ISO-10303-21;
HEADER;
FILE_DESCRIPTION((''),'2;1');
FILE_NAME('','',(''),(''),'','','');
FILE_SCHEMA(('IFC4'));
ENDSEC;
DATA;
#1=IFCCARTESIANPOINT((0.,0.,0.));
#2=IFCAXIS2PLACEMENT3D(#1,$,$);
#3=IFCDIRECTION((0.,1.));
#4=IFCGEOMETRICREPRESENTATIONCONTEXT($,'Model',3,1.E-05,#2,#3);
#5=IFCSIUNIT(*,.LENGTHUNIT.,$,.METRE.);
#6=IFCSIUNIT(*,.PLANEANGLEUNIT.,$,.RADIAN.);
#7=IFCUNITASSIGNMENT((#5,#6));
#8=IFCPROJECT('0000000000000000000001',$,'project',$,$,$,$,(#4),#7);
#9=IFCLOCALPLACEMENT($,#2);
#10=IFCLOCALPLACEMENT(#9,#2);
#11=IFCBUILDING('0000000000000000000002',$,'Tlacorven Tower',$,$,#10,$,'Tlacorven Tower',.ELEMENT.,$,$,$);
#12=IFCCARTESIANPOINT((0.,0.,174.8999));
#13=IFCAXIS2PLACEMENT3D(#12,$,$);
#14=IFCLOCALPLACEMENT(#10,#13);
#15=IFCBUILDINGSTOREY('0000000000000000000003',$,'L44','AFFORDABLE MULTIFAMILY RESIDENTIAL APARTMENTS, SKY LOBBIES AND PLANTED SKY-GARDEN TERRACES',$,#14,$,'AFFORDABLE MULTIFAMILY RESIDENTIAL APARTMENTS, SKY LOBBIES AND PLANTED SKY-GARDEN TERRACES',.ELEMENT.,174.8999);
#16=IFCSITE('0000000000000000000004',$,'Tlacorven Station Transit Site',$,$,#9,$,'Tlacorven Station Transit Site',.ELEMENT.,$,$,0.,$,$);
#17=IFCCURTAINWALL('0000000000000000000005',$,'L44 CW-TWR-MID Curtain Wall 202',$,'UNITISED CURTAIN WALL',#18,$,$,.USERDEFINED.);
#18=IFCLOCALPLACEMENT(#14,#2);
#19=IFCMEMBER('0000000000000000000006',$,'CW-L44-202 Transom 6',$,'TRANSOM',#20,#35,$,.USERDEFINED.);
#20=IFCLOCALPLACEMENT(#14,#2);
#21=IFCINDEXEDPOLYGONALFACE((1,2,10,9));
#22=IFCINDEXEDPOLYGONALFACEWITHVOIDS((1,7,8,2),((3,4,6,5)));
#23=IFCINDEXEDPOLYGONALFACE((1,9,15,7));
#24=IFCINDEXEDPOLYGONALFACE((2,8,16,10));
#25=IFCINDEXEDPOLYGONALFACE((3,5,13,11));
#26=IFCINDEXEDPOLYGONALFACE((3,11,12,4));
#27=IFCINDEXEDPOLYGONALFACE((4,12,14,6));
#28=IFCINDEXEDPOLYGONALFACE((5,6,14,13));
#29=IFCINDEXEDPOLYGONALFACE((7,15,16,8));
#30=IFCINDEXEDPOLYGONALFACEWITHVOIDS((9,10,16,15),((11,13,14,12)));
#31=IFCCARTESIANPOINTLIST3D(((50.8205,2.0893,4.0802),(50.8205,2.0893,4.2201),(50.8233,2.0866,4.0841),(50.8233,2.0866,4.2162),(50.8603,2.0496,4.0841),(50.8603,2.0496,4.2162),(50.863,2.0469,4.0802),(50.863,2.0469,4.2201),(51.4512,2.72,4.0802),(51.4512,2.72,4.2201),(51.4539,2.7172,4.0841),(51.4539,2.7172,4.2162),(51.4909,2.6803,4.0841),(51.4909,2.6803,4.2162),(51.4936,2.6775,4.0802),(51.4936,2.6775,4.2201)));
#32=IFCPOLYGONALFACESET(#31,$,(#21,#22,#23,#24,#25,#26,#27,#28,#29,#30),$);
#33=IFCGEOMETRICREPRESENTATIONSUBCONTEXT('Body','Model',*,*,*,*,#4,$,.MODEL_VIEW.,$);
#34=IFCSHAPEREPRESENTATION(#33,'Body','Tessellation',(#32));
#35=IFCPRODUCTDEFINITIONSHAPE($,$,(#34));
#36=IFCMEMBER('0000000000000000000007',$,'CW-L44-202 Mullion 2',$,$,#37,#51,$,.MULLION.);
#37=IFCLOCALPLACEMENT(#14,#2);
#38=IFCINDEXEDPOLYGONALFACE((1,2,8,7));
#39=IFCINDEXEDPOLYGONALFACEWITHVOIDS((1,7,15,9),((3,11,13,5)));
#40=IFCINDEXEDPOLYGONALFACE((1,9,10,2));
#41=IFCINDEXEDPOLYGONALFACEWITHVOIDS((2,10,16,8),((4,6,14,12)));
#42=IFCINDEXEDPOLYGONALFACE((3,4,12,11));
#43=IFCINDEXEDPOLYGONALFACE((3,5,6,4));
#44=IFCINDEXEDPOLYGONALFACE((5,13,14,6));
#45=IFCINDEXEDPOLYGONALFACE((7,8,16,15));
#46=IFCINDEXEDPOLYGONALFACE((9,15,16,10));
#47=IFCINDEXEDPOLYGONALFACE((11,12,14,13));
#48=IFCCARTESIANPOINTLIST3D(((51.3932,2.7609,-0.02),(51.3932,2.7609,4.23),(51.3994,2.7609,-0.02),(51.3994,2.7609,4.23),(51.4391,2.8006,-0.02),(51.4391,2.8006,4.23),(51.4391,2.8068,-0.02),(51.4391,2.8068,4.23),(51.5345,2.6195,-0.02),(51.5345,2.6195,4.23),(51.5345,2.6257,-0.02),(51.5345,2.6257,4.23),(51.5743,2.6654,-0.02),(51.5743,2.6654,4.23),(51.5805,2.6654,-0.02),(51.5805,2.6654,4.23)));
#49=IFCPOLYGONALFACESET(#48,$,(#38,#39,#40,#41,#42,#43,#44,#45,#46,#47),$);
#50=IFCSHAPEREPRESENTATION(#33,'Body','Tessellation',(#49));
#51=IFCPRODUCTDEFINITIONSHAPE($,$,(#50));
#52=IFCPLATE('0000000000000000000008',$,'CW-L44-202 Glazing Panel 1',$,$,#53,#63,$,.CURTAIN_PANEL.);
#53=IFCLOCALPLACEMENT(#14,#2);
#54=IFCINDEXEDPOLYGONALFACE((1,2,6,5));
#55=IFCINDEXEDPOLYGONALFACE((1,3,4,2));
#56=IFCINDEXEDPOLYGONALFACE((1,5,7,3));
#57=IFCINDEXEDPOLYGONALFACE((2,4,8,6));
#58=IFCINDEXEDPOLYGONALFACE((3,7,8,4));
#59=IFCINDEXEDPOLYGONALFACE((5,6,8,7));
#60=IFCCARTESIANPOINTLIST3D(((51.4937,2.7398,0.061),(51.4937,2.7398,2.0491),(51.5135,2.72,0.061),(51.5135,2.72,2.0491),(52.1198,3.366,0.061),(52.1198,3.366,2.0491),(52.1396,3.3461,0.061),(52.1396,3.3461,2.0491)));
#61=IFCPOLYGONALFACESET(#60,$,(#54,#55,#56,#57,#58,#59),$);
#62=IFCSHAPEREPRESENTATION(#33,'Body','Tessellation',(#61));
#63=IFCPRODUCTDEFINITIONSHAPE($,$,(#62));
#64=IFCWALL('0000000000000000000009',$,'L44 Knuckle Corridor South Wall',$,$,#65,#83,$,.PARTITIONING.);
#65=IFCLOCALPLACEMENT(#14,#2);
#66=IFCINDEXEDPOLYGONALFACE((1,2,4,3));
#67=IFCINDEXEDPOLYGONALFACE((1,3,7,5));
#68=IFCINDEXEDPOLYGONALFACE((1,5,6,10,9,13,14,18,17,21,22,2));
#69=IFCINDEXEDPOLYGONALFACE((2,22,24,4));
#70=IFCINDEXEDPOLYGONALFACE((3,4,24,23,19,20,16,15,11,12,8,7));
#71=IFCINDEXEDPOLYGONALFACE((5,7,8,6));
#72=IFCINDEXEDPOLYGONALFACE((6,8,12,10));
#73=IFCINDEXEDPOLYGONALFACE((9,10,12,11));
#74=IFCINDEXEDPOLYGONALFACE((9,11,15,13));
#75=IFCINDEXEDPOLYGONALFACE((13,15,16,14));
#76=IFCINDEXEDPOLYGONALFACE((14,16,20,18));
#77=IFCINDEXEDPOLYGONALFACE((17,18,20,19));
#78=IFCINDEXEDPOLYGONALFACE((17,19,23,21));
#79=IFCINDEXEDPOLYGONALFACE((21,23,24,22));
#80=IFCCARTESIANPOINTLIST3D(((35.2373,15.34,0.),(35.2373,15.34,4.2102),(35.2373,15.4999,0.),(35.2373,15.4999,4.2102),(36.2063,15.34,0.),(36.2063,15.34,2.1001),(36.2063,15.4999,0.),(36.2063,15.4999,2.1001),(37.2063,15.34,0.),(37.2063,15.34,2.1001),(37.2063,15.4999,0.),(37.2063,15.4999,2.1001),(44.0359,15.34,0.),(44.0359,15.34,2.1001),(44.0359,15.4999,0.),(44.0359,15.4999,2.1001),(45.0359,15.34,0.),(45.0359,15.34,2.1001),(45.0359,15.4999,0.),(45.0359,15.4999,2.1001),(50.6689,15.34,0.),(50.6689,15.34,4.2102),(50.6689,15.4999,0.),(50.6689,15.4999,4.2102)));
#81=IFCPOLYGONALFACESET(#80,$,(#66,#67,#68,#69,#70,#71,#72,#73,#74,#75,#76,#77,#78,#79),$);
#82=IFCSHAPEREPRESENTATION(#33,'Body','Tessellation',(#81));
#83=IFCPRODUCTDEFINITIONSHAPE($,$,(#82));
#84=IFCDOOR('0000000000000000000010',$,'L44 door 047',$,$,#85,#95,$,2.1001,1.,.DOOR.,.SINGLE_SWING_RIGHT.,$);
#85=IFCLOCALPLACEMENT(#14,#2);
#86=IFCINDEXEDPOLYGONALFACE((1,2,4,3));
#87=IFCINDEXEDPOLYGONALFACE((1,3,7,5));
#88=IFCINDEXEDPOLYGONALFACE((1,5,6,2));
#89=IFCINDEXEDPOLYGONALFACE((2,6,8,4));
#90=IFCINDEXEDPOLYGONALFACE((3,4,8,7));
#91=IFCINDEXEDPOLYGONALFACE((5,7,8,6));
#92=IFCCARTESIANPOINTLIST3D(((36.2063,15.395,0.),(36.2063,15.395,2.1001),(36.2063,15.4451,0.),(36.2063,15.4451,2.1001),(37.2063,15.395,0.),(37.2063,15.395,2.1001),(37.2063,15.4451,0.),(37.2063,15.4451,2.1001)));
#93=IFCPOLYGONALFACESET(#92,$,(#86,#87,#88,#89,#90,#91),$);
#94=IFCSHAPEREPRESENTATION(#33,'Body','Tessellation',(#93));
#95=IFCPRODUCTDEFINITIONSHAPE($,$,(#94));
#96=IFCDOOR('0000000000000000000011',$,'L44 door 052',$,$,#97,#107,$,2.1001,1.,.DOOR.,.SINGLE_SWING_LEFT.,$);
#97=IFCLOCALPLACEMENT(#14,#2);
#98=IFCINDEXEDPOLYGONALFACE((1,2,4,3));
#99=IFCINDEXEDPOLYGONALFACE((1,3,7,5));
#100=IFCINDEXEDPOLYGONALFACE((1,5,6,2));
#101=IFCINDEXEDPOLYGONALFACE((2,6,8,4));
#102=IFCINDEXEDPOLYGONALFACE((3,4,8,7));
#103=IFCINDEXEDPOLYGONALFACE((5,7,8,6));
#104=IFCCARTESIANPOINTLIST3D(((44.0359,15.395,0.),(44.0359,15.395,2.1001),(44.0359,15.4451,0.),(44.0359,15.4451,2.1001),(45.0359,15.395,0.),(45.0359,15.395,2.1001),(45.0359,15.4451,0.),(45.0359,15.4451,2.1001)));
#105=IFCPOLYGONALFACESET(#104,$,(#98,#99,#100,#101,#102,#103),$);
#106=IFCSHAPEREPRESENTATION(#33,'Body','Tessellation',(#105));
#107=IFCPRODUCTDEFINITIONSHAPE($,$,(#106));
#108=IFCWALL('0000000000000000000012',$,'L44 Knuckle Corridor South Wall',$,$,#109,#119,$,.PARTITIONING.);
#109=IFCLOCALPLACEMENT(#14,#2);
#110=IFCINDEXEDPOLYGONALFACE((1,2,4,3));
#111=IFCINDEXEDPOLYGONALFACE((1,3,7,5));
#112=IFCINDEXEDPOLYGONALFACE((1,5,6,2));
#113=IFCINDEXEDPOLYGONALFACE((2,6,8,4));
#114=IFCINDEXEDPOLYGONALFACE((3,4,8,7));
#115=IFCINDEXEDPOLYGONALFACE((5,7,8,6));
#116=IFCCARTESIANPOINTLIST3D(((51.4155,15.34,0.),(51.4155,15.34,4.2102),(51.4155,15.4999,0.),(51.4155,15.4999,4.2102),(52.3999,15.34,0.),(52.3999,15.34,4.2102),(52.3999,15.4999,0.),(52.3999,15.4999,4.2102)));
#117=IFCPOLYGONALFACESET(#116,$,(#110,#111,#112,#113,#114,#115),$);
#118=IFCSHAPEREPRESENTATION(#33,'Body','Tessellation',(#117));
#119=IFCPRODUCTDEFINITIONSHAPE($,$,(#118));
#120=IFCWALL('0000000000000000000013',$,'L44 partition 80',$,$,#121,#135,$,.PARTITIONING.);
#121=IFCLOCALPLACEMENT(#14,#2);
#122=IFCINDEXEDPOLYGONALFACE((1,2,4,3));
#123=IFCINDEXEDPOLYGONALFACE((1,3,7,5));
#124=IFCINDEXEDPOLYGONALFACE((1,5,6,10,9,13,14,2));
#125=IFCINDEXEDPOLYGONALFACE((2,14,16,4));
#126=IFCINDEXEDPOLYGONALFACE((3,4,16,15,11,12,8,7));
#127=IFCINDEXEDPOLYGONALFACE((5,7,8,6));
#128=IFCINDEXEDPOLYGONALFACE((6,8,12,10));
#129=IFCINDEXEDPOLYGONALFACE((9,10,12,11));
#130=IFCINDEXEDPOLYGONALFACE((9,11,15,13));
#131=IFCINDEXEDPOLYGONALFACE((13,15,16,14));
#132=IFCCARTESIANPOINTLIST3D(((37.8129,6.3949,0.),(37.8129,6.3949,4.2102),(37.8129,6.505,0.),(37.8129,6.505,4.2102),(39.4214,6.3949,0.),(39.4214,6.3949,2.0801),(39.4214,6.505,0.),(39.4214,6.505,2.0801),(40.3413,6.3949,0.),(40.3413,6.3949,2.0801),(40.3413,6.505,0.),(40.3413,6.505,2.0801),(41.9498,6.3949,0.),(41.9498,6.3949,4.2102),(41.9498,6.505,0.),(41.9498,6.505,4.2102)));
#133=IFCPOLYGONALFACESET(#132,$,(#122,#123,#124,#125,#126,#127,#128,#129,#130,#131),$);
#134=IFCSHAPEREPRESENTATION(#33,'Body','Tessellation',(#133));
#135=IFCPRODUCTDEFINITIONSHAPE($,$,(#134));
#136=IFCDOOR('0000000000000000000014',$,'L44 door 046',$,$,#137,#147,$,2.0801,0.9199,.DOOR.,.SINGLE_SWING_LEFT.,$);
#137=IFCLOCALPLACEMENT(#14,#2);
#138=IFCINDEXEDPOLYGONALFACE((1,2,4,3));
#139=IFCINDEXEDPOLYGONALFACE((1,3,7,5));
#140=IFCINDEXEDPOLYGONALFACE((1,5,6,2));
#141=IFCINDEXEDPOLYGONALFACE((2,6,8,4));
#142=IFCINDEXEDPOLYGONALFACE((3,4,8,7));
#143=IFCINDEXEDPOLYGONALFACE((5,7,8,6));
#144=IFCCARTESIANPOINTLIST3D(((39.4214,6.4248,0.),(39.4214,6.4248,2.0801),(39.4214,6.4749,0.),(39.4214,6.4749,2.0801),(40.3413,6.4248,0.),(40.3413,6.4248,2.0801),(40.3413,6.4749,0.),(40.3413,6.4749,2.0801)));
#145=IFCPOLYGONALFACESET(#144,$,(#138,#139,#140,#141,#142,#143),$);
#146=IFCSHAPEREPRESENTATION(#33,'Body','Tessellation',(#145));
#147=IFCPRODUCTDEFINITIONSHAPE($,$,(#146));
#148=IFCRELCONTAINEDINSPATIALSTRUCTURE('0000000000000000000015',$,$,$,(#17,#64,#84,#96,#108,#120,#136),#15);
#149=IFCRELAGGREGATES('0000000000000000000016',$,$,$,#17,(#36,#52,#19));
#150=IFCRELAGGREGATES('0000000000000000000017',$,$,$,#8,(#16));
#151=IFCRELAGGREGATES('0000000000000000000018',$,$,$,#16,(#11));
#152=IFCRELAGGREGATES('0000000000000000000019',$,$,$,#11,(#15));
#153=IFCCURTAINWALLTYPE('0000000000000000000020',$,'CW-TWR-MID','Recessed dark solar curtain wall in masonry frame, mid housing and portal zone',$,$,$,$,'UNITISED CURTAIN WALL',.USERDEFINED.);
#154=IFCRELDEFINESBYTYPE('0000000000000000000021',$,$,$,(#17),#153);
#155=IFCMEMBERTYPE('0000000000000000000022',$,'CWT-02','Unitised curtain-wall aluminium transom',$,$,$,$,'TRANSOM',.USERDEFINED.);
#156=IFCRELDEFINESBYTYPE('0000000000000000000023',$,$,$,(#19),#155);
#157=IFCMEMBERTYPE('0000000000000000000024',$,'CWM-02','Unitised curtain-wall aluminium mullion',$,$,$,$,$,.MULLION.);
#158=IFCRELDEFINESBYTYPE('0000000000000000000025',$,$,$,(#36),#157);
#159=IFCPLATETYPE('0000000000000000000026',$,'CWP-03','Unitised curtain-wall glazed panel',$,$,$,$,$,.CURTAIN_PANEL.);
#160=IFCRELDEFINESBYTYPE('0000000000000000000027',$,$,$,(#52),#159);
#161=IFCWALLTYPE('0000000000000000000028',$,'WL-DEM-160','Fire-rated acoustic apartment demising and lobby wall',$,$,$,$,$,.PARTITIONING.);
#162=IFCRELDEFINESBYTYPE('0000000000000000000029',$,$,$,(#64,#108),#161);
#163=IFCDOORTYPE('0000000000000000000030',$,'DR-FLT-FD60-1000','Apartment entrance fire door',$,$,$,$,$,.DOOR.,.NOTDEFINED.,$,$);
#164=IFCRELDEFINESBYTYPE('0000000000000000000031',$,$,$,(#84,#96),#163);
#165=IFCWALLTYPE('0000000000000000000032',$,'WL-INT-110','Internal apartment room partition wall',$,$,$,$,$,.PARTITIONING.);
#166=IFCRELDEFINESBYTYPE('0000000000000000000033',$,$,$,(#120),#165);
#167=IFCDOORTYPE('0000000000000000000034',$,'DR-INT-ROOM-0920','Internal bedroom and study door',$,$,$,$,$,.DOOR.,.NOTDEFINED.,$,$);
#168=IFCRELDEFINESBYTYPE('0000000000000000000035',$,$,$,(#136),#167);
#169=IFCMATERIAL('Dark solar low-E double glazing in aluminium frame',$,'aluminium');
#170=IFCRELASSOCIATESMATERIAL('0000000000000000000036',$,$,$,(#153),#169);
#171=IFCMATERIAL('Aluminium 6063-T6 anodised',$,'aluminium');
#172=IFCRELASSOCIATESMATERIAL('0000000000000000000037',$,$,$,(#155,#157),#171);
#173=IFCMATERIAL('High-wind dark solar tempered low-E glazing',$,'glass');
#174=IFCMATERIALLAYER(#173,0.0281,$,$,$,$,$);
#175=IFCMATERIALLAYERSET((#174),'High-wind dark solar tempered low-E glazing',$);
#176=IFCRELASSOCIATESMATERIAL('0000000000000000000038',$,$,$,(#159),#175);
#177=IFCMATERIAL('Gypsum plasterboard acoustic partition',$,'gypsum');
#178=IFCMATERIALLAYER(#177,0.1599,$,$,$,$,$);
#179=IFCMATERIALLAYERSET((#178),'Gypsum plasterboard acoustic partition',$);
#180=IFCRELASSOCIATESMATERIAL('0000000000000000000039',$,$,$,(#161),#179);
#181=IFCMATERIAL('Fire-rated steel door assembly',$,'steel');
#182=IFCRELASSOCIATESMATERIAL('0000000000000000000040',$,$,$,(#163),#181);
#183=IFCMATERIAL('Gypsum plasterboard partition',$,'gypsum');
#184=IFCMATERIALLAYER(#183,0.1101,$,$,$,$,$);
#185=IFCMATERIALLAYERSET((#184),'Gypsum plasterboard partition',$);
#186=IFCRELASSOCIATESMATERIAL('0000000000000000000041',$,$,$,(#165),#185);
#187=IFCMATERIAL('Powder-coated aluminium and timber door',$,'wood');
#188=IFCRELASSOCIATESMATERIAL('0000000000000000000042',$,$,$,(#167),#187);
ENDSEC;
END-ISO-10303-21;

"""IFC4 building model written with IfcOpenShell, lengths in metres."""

from ifc_helpers import new_model, si_unit, direction, frame, frame_2d, origin, origin_2d, place, context, subcontext, project, spatial, rectangle, hollow_rectangle, extrude, source, transform, mapped, material, layer, layer_set, material_profile, profile_set, type_object, element, fill, aggregate, save


model = new_model("IFC4")

# Units and contexts
model_context = context("Model", 3, precision=1e-05, world=origin(), true_north=direction((0.0, 1.0)))
body_context = subcontext(model_context, "Body", "Model", "MODEL_VIEW")
ifc_project = project(units=[si_unit("LENGTHUNIT", "METRE"), si_unit("PLANEANGLEUNIT", "RADIAN")], contexts=[model_context])

# Site, building, storey
site_placement = place(None, origin())
site = spatial("IfcSite", under=ifc_project, at=site_placement, Name="Tlacorven Station Transit Site", LongName="Tlacorven Station Transit Site", CompositionType="ELEMENT", RefElevation=0.0)
building_placement = place(site_placement, origin())
building = spatial("IfcBuilding", under=site, at=building_placement, Name="Tlacorven Tower", LongName="Tlacorven Tower", CompositionType="ELEMENT")
storey_placement = place(building_placement, frame((0.0, 0.0, 174.8999)))
storey = spatial("IfcBuildingStorey", under=building, at=storey_placement, Name="L44", Description="AFFORDABLE MULTIFAMILY RESIDENTIAL APARTMENTS, SKY LOBBIES AND PLANTED SKY-GARDEN TERRACES", LongName="AFFORDABLE MULTIFAMILY RESIDENTIAL APARTMENTS, SKY LOBBIES AND PLANTED SKY-GARDEN TERRACES", CompositionType="ELEMENT", Elevation=174.8999)

# Curtain wall, members, plate
ifc_material_1 = material(Name="Dark solar low-E double glazing in aluminium frame", Category="aluminium")
curtain_wall_type = type_object("IfcCurtainWallType", Name="CW-TWR-MID", Description="Recessed dark solar curtain wall in masonry frame, mid housing and portal zone", ElementType="UNITISED CURTAIN WALL", PredefinedType="USERDEFINED", material=ifc_material_1)
curtain_wall_placement = place(storey_placement, origin())
curtain_wall = element("IfcCurtainWall", 1, at=curtain_wall_placement, inside=storey, type_object=curtain_wall_type, Name="L44 CW-TWR-MID Curtain Wall 202", ObjectType="UNITISED CURTAIN WALL", PredefinedType="USERDEFINED")
ifc_material_2 = material(Name="Aluminium 6063-T6 anodised", Category="aluminium")
ifc_material_profile_1 = material_profile(ifc_material_2, hollow_rectangle(XDim=0.0601, YDim=0.1399, WallThickness=0.0039, at=origin_2d()), Name="ALU TRANSOM 60X140")
ifc_profile_set_1 = profile_set([ifc_material_profile_1], Name="Aluminium 6063-T6 anodised")
member_type_1 = type_object("IfcMemberType", Name="CWT-02", Description="Unitised curtain-wall aluminium transom", ElementType="TRANSOM", PredefinedType="USERDEFINED", material=ifc_profile_set_1)
shared_shape_1 = source(origin(), body_context, "Body", "SweptSolid", [
    extrude(hollow_rectangle(XDim=0.0601, YDim=0.1399, WallThickness=0.0039, at=origin_2d()), origin(), (0.0, 0.0, 1.0), 0.8918),
])
member_1_placement = place(storey_placement, frame((51.4724, 2.6987, 4.1501), z_axis=(-0.707107, -0.707107, 0.0), x_axis=(0.707107, -0.707107, 0.0)))
member_1 = element("IfcMember", 2, at=member_1_placement, type_object=member_type_1, Name="CW-L44-202 Transom 6", ObjectType="TRANSOM", PredefinedType="USERDEFINED", context=body_context, shape_type="MappedRepresentation", body=[
    mapped(shared_shape_1, transform((0.0, 0.0, 0.0), scale=1.0)),
])
ifc_material_profile_2 = material_profile(ifc_material_2, hollow_rectangle(XDim=0.0649, YDim=0.2, WallThickness=0.0044, at=origin_2d()), Name="ALU MULLION 65X200")
ifc_profile_set_2 = profile_set([ifc_material_profile_2], Name="Aluminium 6063-T6 anodised")
member_type_2 = type_object("IfcMemberType", Name="CWM-02", Description="Unitised curtain-wall aluminium mullion", PredefinedType="MULLION", material=ifc_profile_set_2)
shared_shape_2 = source(origin(), body_context, "Body", "SweptSolid", [
    extrude(hollow_rectangle(XDim=0.0649, YDim=0.2, WallThickness=0.0044, at=origin_2d()), origin(), (0.0, 0.0, 1.0), 4.25),
])
member_2_placement = place(storey_placement, frame((51.4868, 2.7131, -0.02), z_axis=(0.0, 0.0, 1.0), x_axis=(-0.707107, -0.707107, 0.0)))
member_2 = element("IfcMember", 3, at=member_2_placement, type_object=member_type_2, Name="CW-L44-202 Mullion 2", PredefinedType="MULLION", context=body_context, shape_type="MappedRepresentation", body=[
    mapped(shared_shape_2, transform((0.0, 0.0, 0.0), scale=1.0)),
])
ifc_material_3 = material(Name="High-wind dark solar tempered low-E glazing", Category="glass")
ifc_layer_1 = layer(ifc_material_3, 0.0281)
ifc_layer_set_1 = layer_set([ifc_layer_1], Name="High-wind dark solar tempered low-E glazing")
plate_type = type_object("IfcPlateType", Name="CWP-03", Description="Unitised curtain-wall glazed panel", PredefinedType="CURTAIN_PANEL", material=ifc_layer_set_1)
shared_shape_3 = source(origin(), body_context, "Body", "SweptSolid", [
    extrude(rectangle(XDim=0.8855, YDim=0.0281, at=origin_2d()), origin(), (0.0, 0.0, 1.0), 1.988),
])
plate_placement = place(storey_placement, frame((51.8167, 3.043, 0.061), z_axis=(0.0, 0.0, 1.0), x_axis=(-0.707107, -0.707107, 0.0)))
plate = element("IfcPlate", 4, at=plate_placement, type_object=plate_type, Name="CW-L44-202 Glazing Panel 1", PredefinedType="CURTAIN_PANEL", context=body_context, shape_type="MappedRepresentation", body=[
    mapped(shared_shape_3, transform((0.0, 0.0, 0.0), scale=1.0)),
])
aggregate(curtain_wall, [member_2, plate, member_1])

# Wall, openings, doors
ifc_material_4 = material(Name="Gypsum plasterboard acoustic partition", Category="gypsum")
ifc_layer_2 = layer(ifc_material_4, 0.1599)
ifc_layer_set_2 = layer_set([ifc_layer_2], Name="Gypsum plasterboard acoustic partition")
wall_type_1 = type_object("IfcWallType", Name="WL-DEM-160", Description="Fire-rated acoustic apartment demising and lobby wall", PredefinedType="PARTITIONING", material=ifc_layer_set_2)
wall_1_placement = place(storey_placement, frame((35.2373, 15.4199, 0.0), z_axis=(0.0, 0.0, 1.0), x_axis=(1.0, 0.0, 0.0)))
wall_1 = element("IfcWall", 5, at=wall_1_placement, inside=storey, type_object=wall_type_1, Name="L44 Knuckle Corridor South Wall", PredefinedType="PARTITIONING", context=body_context, shape_type="SweptSolid", body=[
    extrude(rectangle(XDim=15.4316, YDim=0.1599, at=frame_2d((7.7158, 0.0))), origin(), (0.0, 0.0, 1.0), 4.2102),
])
opening_1_placement = place(wall_1_placement, frame((0.969, 0.0, 0.0)))
opening_1 = element("IfcOpeningElement", 6, at=opening_1_placement, cuts=wall_1, PredefinedType="OPENING", context=body_context, shape_type="SweptSolid", body=[
    extrude(rectangle(XDim=1.0, YDim=2.1001, at=frame_2d((0.5, 1.05))), frame((0.0, 0.0898, 0.0), z_axis=(0.0, -1.0, 0.0), x_axis=(1.0, 0.0, 0.0)), (0.0, 0.0, 1.0), 0.1799),
])
opening_2_placement = place(wall_1_placement, frame((8.7986, 0.0, 0.0)))
opening_2 = element("IfcOpeningElement", 7, at=opening_2_placement, cuts=wall_1, PredefinedType="OPENING", context=body_context, shape_type="SweptSolid", body=[
    extrude(rectangle(XDim=1.0, YDim=2.1001, at=frame_2d((0.5, 1.05))), frame((0.0, 0.0898, 0.0), z_axis=(0.0, -1.0, 0.0), x_axis=(1.0, 0.0, 0.0)), (0.0, 0.0, 1.0), 0.1799),
])
ifc_material_5 = material(Name="Fire-rated steel door assembly", Category="steel")
door_type_1 = type_object("IfcDoorType", Name="DR-FLT-FD60-1000", Description="Apartment entrance fire door", OperationType="NOTDEFINED", PredefinedType="DOOR", material=ifc_material_5)
shared_shape_4 = source(origin(), body_context, "Body", "SweptSolid", [
    extrude(rectangle(XDim=1.0, YDim=2.1001, at=frame_2d((0.5, 1.05))), frame((0.0, 0.0249, 0.0), z_axis=(0.0, -1.0, 0.0), x_axis=(1.0, 0.0, 0.0)), (0.0, 0.0, 1.0), 0.05),
])
door_1_placement = place(opening_1_placement, frame((1.0, 0.0, 0.0), z_axis=(0.0, 0.0, 1.0), x_axis=(-1.0, 0.0, 0.0)))
door_1 = element("IfcDoor", 8, at=door_1_placement, inside=storey, type_object=door_type_1, Name="L44 door 047", OperationType="SINGLE_SWING_RIGHT", OverallHeight=2.1001, OverallWidth=1.0, PredefinedType="DOOR", context=body_context, shape_type="MappedRepresentation", body=[
    mapped(shared_shape_4, transform((0.0, 0.0, 0.0), scale=1.0)),
])
fill(opening_1, door_1)
door_2_placement = place(opening_2_placement, frame((1.0, 0.0, 0.0), z_axis=(0.0, 0.0, 1.0), x_axis=(-1.0, 0.0, 0.0)))
door_2 = element("IfcDoor", 9, at=door_2_placement, inside=storey, type_object=door_type_1, Name="L44 door 052", OperationType="SINGLE_SWING_LEFT", OverallHeight=2.1001, OverallWidth=1.0, PredefinedType="DOOR", context=body_context, shape_type="MappedRepresentation", body=[
    mapped(shared_shape_4, transform((0.0, 0.0, 0.0), scale=1.0)),
])
fill(opening_2, door_2)

# Wall
wall_2_placement = place(storey_placement, frame((51.4155, 15.4199, 0.0), z_axis=(0.0, 0.0, 1.0), x_axis=(1.0, 0.0, 0.0)))
element("IfcWall", 10, at=wall_2_placement, inside=storey, type_object=wall_type_1, Name="L44 Knuckle Corridor South Wall", PredefinedType="PARTITIONING", context=body_context, shape_type="SweptSolid", body=[
    extrude(rectangle(XDim=0.9844, YDim=0.1599, at=frame_2d((0.4922, 0.0))), origin(), (0.0, 0.0, 1.0), 4.2102),
])

# Wall, opening, door
ifc_material_6 = material(Name="Gypsum plasterboard partition", Category="gypsum")
ifc_layer_3 = layer(ifc_material_6, 0.1101)
ifc_layer_set_3 = layer_set([ifc_layer_3], Name="Gypsum plasterboard partition")
wall_type_2 = type_object("IfcWallType", Name="WL-INT-110", Description="Internal apartment room partition wall", PredefinedType="PARTITIONING", material=ifc_layer_set_3)
wall_3_placement = place(storey_placement, frame((37.813, 6.45, 0.0), z_axis=(0.0, 0.0, 1.0), x_axis=(1.0, 0.0, 0.0)))
wall_3 = element("IfcWall", 11, at=wall_3_placement, inside=storey, type_object=wall_type_2, Name="L44 partition 80", PredefinedType="PARTITIONING", context=body_context, shape_type="SweptSolid", body=[
    extrude(rectangle(XDim=4.137, YDim=0.1101, at=frame_2d((2.0684, 0.0))), origin(), (0.0, 0.0, 1.0), 4.2102),
])
opening_3_placement = place(wall_3_placement, frame((1.6084, 0.0, 0.0)))
opening_3 = element("IfcOpeningElement", 12, at=opening_3_placement, cuts=wall_3, PredefinedType="OPENING", context=body_context, shape_type="SweptSolid", body=[
    extrude(rectangle(XDim=0.9199, YDim=2.0801, at=frame_2d((0.46, 1.04))), frame((0.0, 0.0649, 0.0), z_axis=(0.0, -1.0, 0.0), x_axis=(1.0, 0.0, 0.0)), (0.0, 0.0, 1.0), 0.1301),
])
ifc_material_7 = material(Name="Powder-coated aluminium and timber door", Category="wood")
door_type_2 = type_object("IfcDoorType", Name="DR-INT-ROOM-0920", Description="Internal bedroom and study door", OperationType="NOTDEFINED", PredefinedType="DOOR", material=ifc_material_7)
shared_shape_5 = source(origin(), body_context, "Body", "SweptSolid", [
    extrude(rectangle(XDim=0.9199, YDim=2.0801, at=frame_2d((0.46, 1.04))), frame((0.0, 0.0249, 0.0), z_axis=(0.0, -1.0, 0.0), x_axis=(1.0, 0.0, 0.0)), (0.0, 0.0, 1.0), 0.05),
])
door_3_placement = place(opening_3_placement, origin())
door_3 = element("IfcDoor", 13, at=door_3_placement, inside=storey, type_object=door_type_2, Name="L44 door 046", OperationType="SINGLE_SWING_LEFT", OverallHeight=2.0801, OverallWidth=0.9199, PredefinedType="DOOR", context=body_context, shape_type="MappedRepresentation", body=[
    mapped(shared_shape_5, transform((0.0, 0.0, 0.0), scale=1.0)),
])
fill(opening_3, door_3)

save(model, "model.ifc")
